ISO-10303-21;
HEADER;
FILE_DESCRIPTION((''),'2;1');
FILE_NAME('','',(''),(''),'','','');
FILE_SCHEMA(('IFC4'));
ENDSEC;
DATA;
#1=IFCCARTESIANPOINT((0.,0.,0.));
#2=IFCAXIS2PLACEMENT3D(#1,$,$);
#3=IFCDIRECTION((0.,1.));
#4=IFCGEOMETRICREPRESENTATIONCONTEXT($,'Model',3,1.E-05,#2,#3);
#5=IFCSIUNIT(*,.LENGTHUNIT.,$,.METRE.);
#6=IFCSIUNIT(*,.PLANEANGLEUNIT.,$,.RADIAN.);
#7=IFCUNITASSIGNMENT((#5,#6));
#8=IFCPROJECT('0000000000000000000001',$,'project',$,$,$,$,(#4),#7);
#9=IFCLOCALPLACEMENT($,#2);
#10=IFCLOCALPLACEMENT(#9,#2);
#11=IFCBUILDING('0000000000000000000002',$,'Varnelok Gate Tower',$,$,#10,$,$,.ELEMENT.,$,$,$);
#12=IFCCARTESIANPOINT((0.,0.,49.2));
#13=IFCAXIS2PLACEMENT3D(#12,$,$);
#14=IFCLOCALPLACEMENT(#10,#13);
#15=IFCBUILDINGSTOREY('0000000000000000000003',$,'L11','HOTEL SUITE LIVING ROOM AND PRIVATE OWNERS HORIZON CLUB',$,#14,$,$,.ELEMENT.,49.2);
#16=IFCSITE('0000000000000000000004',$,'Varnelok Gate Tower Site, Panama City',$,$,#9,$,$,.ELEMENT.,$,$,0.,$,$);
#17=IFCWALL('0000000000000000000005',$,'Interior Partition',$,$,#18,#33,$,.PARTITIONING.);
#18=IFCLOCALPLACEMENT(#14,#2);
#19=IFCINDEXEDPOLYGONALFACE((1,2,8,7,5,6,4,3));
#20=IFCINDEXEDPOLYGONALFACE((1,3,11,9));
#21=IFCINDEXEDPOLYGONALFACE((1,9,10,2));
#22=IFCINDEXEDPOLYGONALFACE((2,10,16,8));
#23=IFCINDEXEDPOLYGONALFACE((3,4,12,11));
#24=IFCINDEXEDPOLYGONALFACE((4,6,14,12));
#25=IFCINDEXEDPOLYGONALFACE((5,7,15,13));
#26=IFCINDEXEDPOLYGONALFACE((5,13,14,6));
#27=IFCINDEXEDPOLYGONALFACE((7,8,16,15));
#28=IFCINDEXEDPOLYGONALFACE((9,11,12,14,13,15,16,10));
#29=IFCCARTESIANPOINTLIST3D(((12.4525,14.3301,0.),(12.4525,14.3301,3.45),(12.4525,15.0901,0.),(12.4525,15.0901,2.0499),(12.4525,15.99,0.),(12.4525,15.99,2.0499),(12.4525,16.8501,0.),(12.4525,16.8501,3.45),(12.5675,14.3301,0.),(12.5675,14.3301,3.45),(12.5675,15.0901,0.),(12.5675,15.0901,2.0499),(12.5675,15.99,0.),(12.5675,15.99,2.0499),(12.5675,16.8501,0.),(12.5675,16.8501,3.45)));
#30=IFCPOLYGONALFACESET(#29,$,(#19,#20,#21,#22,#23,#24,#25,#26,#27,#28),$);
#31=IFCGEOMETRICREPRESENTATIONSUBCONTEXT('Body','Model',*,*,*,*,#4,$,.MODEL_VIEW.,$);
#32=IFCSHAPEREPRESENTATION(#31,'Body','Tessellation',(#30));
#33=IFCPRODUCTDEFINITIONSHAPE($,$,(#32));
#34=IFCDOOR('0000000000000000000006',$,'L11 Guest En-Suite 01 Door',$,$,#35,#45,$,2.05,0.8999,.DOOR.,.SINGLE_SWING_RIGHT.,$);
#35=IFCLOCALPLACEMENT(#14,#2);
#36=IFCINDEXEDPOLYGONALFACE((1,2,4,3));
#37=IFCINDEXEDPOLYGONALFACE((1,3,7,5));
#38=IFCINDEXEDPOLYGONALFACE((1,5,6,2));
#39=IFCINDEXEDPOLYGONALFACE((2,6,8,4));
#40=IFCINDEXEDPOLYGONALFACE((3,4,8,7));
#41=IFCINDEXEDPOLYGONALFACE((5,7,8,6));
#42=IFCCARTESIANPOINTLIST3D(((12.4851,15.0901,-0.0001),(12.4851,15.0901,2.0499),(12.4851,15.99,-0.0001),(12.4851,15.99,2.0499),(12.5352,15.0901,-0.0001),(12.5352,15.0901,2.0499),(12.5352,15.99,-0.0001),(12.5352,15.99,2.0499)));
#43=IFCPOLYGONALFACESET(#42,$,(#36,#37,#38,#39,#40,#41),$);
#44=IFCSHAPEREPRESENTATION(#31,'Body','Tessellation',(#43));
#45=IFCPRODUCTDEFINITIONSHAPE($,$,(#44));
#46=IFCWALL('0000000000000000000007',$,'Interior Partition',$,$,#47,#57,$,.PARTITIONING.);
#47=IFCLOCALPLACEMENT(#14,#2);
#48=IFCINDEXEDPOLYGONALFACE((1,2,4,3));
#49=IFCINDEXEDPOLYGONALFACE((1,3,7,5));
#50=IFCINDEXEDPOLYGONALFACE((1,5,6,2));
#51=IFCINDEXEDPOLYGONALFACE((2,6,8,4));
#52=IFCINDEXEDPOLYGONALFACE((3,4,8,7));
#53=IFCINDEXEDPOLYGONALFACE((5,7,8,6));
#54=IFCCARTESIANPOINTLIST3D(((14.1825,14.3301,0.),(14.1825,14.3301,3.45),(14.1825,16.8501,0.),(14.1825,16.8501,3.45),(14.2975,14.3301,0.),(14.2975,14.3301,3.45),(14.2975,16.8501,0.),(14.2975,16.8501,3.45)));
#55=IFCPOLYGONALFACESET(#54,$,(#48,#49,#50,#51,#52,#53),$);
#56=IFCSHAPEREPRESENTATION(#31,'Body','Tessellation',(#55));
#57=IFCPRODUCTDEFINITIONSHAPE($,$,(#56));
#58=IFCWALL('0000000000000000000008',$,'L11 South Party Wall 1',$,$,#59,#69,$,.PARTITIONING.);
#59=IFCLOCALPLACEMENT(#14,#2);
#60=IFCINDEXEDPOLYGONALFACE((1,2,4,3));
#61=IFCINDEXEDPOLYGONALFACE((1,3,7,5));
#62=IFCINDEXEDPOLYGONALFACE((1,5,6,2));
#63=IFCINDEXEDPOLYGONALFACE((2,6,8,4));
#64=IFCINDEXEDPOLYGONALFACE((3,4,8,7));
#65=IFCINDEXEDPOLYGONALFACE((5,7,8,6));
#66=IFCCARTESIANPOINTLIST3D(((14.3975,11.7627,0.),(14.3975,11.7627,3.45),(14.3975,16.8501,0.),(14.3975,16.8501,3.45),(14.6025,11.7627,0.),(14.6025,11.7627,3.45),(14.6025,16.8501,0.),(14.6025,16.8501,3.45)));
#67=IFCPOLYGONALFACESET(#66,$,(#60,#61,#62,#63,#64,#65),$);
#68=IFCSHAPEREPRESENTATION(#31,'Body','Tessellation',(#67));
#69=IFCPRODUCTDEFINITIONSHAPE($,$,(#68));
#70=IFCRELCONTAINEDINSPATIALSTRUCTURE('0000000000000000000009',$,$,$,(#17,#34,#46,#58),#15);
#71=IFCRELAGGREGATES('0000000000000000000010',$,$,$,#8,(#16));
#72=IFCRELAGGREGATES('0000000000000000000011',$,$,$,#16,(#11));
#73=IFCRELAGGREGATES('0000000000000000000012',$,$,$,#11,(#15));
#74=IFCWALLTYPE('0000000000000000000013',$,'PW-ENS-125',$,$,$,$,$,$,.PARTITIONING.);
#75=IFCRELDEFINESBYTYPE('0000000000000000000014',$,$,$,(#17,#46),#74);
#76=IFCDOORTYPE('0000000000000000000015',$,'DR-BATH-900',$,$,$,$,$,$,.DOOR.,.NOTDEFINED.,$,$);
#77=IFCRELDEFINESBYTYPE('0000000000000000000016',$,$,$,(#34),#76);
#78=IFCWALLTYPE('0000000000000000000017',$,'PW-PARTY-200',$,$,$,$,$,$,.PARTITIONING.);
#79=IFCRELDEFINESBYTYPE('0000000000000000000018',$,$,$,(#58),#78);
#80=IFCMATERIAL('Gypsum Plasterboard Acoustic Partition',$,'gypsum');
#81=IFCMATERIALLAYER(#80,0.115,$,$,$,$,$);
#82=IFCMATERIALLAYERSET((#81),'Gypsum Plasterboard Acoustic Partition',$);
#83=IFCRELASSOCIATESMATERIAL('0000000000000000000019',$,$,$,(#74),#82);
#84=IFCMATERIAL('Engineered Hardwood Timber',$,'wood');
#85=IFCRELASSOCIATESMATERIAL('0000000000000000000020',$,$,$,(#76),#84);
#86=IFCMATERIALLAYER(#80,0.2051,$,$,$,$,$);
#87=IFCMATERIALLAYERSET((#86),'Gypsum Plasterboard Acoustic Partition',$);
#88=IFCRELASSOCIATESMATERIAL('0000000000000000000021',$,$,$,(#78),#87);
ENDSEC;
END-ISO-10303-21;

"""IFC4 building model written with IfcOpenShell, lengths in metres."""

from ifc_helpers import new_model, si_unit, direction, frame, frame_2d, origin, place, context, subcontext, project, spatial, rectangle, extrude, material, layer, layer_set, type_object, element, fill, save


model = new_model("IFC4")

# Units and contexts
model_context = context("Model", 3, precision=1e-05, world=origin(), true_north=direction((0.0, 1.0)))
body_context = subcontext(model_context, "Body", "Model", "MODEL_VIEW")
ifc_project = project(units=[si_unit("LENGTHUNIT", "METRE"), si_unit("PLANEANGLEUNIT", "RADIAN")], contexts=[model_context])

# Site, building, storey
site_placement = place(None, origin())
site = spatial("IfcSite", under=ifc_project, at=site_placement, Name="Varnelok Gate Tower Site, Panama City", CompositionType="ELEMENT", RefElevation=0.0)
building_placement = place(site_placement, origin())
building = spatial("IfcBuilding", under=site, at=building_placement, Name="Varnelok Gate Tower", CompositionType="ELEMENT")
storey_placement = place(building_placement, frame((0.0, 0.0, 49.2)))
storey = spatial("IfcBuildingStorey", under=building, at=storey_placement, Name="L11", Description="HOTEL SUITE LIVING ROOM AND PRIVATE OWNERS HORIZON CLUB", CompositionType="ELEMENT", Elevation=49.2)

# Shared definitions
ifc_material_1 = material(Name="Gypsum Plasterboard Acoustic Partition", Category="gypsum")
ifc_material_2 = material(Name="Engineered Hardwood Timber", Category="wood")

# Shared definitions
ifc_layer_1 = layer(ifc_material_1, 0.115)
ifc_layer_set_1 = layer_set([ifc_layer_1], Name="Gypsum Plasterboard Acoustic Partition")
wall_type_1 = type_object("IfcWallType", Name="PW-ENS-125", PredefinedType="PARTITIONING", material=ifc_layer_set_1)

# Wall, opening, door
wall_1_placement = place(storey_placement, frame((12.51, 14.3301, 0.0), z_axis=(0.0, 0.0, 1.0), x_axis=(0.0, 1.0, 0.0)))
wall_1 = element("IfcWall", 1, at=wall_1_placement, inside=storey, type_object=wall_type_1, Name="Interior Partition", PredefinedType="PARTITIONING", context=body_context, shape_type="SweptSolid", body=[
    extrude(rectangle(XDim=2.52, YDim=0.115, at=frame_2d((1.26, 0.0))), origin(), (0.0, 0.0, 1.0), 3.45),
])
opening_1_placement = place(wall_1_placement, frame((0.76, 0.0, 0.0)))
opening_1 = element("IfcOpeningElement", 2, at=opening_1_placement, cuts=wall_1, PredefinedType="OPENING", context=body_context, shape_type="SweptSolid", body=[
    extrude(rectangle(XDim=0.8999, YDim=2.05, at=frame_2d((0.45, 1.0249))), frame((0.0, 0.0674, 0.0), z_axis=(0.0, -1.0, 0.0), x_axis=(1.0, 0.0, 0.0)), (0.0, 0.0, 1.0), 0.135),
])
door_type_1 = type_object("IfcDoorType", Name="DR-BATH-900", OperationType="NOTDEFINED", PredefinedType="DOOR", material=ifc_material_2)
door_1_placement = place(opening_1_placement, origin())
door_1 = element("IfcDoor", 3, at=door_1_placement, inside=storey, type_object=door_type_1, Name="L11 Guest En-Suite 01 Door", OperationType="SINGLE_SWING_RIGHT", OverallHeight=2.05, OverallWidth=0.8999, PredefinedType="DOOR", context=body_context, shape_type="SweptSolid", body=[
    extrude(rectangle(XDim=0.8999, YDim=2.05, at=frame_2d((0.45, 1.0249))), frame((0.0, 0.0249, 0.0), z_axis=(0.0, -1.0, 0.0), x_axis=(1.0, 0.0, 0.0)), (0.0, 0.0, 1.0), 0.05),
])
fill(opening_1, door_1)

# Walls
wall_2_placement = place(storey_placement, frame((14.24, 14.3301, 0.0), z_axis=(0.0, 0.0, 1.0), x_axis=(0.0, 1.0, 0.0)))
element("IfcWall", 4, at=wall_2_placement, inside=storey, type_object=wall_type_1, Name="Interior Partition", PredefinedType="PARTITIONING", context=body_context, shape_type="SweptSolid", body=[
    extrude(rectangle(XDim=2.52, YDim=0.115, at=frame_2d((1.26, 0.0))), origin(), (0.0, 0.0, 1.0), 3.45),
])
ifc_layer_2 = layer(ifc_material_1, 0.2051)
ifc_layer_set_2 = layer_set([ifc_layer_2], Name="Gypsum Plasterboard Acoustic Partition")
wall_type_2 = type_object("IfcWallType", Name="PW-PARTY-200", PredefinedType="PARTITIONING", material=ifc_layer_set_2)
wall_3_placement = place(storey_placement, frame((14.5, 11.7627, 0.0), z_axis=(0.0, 0.0, 1.0), x_axis=(0.0, 1.0, 0.0)))
element("IfcWall", 5, at=wall_3_placement, inside=storey, type_object=wall_type_2, Name="L11 South Party Wall 1", PredefinedType="PARTITIONING", context=body_context, shape_type="SweptSolid", body=[
    extrude(rectangle(XDim=5.0874, YDim=0.2051, at=frame_2d((2.5437, 0.0))), origin(), (0.0, 0.0, 1.0), 3.45),
])

save(model, "model.ifc")
